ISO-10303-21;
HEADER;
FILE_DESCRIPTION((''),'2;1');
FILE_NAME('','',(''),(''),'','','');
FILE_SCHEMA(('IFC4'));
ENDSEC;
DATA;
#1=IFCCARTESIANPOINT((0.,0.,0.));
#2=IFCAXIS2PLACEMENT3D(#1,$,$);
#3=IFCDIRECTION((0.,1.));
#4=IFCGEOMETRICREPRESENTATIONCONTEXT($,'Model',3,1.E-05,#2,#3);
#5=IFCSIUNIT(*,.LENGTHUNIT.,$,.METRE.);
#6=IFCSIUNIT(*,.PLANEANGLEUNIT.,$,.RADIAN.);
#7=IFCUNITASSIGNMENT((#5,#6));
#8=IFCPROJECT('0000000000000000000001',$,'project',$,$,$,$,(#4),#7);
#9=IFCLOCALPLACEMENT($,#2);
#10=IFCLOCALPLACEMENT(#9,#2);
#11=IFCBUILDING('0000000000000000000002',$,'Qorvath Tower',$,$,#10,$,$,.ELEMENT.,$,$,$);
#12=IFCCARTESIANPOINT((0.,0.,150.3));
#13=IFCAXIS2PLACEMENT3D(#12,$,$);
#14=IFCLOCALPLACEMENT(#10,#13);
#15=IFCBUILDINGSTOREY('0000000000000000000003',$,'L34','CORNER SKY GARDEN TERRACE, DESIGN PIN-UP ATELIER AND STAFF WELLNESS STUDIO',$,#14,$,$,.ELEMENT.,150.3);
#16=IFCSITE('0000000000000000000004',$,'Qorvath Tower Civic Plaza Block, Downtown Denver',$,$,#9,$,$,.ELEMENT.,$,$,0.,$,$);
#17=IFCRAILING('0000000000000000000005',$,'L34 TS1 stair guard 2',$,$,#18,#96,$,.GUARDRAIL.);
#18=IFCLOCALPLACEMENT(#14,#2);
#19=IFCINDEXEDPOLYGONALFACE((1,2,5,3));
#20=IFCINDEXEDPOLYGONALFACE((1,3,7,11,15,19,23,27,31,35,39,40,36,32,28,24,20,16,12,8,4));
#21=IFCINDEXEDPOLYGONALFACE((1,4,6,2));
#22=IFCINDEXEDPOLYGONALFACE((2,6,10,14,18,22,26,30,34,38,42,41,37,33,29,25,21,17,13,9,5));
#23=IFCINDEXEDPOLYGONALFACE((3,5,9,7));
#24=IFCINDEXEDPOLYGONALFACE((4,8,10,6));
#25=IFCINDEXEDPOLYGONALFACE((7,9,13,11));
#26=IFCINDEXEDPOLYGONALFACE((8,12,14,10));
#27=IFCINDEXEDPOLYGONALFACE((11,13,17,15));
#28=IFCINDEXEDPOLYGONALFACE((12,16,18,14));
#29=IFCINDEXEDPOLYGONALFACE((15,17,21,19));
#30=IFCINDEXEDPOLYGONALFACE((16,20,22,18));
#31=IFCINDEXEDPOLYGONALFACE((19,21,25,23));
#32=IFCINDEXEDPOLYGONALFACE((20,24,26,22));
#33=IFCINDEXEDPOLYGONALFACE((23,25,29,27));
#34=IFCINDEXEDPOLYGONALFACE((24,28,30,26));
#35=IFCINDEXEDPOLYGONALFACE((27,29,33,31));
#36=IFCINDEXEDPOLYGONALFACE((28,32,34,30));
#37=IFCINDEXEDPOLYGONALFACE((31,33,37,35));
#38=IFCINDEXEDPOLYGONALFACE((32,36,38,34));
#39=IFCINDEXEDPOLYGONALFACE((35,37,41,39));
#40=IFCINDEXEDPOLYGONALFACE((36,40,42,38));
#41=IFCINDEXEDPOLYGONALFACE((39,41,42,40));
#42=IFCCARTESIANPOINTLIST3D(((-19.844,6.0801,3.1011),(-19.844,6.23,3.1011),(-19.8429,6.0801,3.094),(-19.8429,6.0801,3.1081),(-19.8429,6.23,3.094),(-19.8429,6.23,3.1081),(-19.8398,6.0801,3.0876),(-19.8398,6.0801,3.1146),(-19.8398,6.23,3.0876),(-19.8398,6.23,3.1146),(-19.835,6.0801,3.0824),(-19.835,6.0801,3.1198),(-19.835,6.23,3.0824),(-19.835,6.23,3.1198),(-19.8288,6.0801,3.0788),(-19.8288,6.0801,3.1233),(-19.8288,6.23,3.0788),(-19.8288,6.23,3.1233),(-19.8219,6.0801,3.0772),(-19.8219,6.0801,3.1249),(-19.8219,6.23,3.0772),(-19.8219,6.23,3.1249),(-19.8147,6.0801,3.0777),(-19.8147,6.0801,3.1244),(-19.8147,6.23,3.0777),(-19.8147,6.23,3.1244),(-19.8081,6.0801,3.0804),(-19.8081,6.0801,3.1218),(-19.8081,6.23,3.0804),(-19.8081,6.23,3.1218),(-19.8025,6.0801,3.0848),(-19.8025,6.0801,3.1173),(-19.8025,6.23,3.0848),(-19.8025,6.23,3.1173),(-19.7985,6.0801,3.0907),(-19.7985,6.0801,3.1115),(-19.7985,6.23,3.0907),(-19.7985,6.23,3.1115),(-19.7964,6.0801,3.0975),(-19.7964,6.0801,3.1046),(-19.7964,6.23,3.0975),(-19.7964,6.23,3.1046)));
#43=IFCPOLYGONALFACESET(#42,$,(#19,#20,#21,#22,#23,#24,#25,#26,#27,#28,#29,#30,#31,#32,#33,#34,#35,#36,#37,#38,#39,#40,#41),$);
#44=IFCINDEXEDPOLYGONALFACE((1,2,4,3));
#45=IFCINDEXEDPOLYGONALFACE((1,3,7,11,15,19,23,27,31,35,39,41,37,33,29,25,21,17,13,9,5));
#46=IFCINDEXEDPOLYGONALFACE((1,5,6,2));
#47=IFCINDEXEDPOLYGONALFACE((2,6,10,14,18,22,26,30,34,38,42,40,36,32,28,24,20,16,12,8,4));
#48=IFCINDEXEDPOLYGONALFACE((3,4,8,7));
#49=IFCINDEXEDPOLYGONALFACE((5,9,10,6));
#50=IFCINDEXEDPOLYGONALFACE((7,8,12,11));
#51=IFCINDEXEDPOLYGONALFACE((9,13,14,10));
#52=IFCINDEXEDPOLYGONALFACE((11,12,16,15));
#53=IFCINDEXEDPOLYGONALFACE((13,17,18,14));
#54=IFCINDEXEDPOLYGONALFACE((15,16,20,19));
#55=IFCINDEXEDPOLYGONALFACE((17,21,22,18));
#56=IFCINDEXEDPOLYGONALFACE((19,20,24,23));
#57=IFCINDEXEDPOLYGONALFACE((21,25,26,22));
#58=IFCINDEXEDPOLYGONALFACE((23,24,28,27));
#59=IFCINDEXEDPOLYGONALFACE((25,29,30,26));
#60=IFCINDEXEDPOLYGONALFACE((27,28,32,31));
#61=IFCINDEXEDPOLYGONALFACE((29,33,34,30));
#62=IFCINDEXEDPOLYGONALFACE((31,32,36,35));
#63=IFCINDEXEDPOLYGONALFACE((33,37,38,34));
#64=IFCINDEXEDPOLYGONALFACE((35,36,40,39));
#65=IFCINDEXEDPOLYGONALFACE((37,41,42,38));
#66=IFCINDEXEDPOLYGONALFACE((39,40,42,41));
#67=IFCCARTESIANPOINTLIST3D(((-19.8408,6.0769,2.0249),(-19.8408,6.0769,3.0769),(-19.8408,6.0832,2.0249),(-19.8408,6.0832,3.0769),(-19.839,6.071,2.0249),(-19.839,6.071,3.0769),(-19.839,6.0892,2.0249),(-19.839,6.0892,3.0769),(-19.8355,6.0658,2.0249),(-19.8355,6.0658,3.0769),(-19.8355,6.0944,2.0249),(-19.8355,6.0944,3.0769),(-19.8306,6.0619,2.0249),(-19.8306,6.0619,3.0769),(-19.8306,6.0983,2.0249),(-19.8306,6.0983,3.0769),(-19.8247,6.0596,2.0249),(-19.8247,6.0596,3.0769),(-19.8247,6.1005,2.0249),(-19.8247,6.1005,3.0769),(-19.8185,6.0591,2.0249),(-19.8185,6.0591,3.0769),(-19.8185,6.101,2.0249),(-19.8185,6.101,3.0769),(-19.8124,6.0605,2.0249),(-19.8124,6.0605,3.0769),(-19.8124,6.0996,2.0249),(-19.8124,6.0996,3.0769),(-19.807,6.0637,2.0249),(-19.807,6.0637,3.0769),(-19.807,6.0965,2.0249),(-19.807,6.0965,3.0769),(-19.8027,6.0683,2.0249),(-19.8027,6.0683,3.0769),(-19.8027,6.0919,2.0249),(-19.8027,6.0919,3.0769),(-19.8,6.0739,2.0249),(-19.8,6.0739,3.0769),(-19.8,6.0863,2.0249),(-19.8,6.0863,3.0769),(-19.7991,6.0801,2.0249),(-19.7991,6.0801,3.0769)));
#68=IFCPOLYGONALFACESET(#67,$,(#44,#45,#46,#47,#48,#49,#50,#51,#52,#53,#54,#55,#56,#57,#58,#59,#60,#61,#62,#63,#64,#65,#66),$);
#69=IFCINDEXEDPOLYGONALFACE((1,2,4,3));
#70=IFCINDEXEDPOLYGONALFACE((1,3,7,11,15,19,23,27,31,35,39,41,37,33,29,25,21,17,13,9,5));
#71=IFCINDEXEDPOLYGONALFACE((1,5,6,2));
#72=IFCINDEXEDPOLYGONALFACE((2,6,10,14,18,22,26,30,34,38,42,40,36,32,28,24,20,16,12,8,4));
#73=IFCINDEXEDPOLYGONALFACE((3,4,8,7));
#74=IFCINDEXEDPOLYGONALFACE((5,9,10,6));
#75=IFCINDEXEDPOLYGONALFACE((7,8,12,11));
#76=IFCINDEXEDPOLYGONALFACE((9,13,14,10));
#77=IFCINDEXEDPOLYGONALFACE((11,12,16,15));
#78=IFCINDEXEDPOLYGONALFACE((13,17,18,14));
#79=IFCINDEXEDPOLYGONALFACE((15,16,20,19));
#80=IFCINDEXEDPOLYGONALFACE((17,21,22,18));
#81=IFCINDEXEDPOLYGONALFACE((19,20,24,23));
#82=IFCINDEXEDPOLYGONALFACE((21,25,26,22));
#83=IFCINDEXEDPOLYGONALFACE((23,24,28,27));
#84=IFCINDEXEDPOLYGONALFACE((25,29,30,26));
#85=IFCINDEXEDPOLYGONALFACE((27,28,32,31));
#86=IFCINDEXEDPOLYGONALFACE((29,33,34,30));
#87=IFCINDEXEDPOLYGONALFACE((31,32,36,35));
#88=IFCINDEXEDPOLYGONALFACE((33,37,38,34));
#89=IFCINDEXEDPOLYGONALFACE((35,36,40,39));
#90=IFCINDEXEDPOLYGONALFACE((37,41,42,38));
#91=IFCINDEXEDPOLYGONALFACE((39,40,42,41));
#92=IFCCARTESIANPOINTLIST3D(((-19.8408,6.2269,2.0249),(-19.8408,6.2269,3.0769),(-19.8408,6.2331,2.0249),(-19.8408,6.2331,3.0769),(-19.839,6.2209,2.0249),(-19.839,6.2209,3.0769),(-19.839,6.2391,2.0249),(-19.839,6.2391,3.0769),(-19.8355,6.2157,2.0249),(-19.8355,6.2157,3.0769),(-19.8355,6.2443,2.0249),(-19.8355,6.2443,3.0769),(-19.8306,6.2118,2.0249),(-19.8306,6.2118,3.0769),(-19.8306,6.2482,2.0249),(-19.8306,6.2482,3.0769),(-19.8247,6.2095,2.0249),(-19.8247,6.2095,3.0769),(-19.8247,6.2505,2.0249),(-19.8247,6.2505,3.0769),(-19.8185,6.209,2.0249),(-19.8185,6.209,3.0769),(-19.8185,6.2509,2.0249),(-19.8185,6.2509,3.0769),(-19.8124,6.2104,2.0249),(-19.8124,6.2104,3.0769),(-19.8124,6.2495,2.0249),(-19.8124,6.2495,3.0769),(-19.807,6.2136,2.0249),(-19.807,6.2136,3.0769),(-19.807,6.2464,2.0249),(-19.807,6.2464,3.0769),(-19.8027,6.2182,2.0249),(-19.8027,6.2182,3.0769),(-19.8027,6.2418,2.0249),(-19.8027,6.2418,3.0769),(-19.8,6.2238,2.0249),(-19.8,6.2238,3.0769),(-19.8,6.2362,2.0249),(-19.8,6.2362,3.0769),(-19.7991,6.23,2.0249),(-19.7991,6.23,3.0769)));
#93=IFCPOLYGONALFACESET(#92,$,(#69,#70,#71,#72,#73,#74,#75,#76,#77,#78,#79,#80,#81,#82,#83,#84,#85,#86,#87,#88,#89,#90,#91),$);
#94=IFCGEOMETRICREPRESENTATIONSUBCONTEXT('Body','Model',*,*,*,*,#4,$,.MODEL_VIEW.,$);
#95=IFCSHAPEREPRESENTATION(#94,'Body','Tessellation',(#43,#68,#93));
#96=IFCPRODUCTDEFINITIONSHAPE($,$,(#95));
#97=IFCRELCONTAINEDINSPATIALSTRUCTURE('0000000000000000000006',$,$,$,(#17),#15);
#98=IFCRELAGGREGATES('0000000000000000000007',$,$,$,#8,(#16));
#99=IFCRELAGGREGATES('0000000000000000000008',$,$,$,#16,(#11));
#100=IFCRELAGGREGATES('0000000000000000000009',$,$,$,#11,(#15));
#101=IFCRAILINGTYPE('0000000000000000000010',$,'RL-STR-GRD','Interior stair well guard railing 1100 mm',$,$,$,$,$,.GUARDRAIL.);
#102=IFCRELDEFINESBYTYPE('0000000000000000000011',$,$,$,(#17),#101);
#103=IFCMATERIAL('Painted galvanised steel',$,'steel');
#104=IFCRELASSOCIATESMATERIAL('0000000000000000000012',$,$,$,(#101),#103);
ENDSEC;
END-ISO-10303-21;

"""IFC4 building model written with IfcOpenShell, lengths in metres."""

from ifc_helpers import new_model, si_unit, direction, frame, origin, origin_2d, place, context, subcontext, project, spatial, circle, extrude, material, type_object, element, save


model = new_model("IFC4")

# Units and contexts
model_context = context("Model", 3, precision=1e-05, world=origin(), true_north=direction((0.0, 1.0)))
body_context = subcontext(model_context, "Body", "Model", "MODEL_VIEW")
ifc_project = project(units=[si_unit("LENGTHUNIT", "METRE"), si_unit("PLANEANGLEUNIT", "RADIAN")], contexts=[model_context])

# Site, building, storey
site_placement = place(None, origin())
site = spatial("IfcSite", under=ifc_project, at=site_placement, Name="Qorvath Tower Civic Plaza Block, Downtown Denver", CompositionType="ELEMENT", RefElevation=0.0)
building_placement = place(site_placement, origin())
building = spatial("IfcBuilding", under=site, at=building_placement, Name="Qorvath Tower", CompositionType="ELEMENT")
storey_placement = place(building_placement, frame((0.0, 0.0, 150.3)))
storey = spatial("IfcBuildingStorey", under=building, at=storey_placement, Name="L34", Description="CORNER SKY GARDEN TERRACE, DESIGN PIN-UP ATELIER AND STAFF WELLNESS STUDIO", CompositionType="ELEMENT", Elevation=150.3)

# Railing
ifc_material_1 = material(Name="Painted galvanised steel", Category="steel")
railing_type = type_object("IfcRailingType", Name="RL-STR-GRD", Description="Interior stair well guard railing 1100 mm", PredefinedType="GUARDRAIL", material=ifc_material_1)
railing_1_placement = place(storey_placement, frame((-19.8201, 6.0801, 2.0249)))
element("IfcRailing", 1, at=railing_1_placement, inside=storey, type_object=railing_type, Name="L34 TS1 stair guard 2", PredefinedType="GUARDRAIL", context=body_context, shape_type="SweptSolid", body=[
    extrude(circle(Radius=0.0239, at=origin_2d()), frame((0.0, 0.0, 1.0762), z_axis=(0.0, 1.0, 0.0), x_axis=(-1.0, 0.0, 0.0)), (0.0, 0.0, 1.0), 0.1499),
    extrude(circle(Radius=0.021, at=origin_2d()), origin(), (0.0, 0.0, 1.0), 1.052),
    extrude(circle(Radius=0.021, at=origin_2d()), frame((0.0, 0.1499, 0.0)), (0.0, 0.0, 1.0), 1.052),
])

save(model, "model.ifc")
